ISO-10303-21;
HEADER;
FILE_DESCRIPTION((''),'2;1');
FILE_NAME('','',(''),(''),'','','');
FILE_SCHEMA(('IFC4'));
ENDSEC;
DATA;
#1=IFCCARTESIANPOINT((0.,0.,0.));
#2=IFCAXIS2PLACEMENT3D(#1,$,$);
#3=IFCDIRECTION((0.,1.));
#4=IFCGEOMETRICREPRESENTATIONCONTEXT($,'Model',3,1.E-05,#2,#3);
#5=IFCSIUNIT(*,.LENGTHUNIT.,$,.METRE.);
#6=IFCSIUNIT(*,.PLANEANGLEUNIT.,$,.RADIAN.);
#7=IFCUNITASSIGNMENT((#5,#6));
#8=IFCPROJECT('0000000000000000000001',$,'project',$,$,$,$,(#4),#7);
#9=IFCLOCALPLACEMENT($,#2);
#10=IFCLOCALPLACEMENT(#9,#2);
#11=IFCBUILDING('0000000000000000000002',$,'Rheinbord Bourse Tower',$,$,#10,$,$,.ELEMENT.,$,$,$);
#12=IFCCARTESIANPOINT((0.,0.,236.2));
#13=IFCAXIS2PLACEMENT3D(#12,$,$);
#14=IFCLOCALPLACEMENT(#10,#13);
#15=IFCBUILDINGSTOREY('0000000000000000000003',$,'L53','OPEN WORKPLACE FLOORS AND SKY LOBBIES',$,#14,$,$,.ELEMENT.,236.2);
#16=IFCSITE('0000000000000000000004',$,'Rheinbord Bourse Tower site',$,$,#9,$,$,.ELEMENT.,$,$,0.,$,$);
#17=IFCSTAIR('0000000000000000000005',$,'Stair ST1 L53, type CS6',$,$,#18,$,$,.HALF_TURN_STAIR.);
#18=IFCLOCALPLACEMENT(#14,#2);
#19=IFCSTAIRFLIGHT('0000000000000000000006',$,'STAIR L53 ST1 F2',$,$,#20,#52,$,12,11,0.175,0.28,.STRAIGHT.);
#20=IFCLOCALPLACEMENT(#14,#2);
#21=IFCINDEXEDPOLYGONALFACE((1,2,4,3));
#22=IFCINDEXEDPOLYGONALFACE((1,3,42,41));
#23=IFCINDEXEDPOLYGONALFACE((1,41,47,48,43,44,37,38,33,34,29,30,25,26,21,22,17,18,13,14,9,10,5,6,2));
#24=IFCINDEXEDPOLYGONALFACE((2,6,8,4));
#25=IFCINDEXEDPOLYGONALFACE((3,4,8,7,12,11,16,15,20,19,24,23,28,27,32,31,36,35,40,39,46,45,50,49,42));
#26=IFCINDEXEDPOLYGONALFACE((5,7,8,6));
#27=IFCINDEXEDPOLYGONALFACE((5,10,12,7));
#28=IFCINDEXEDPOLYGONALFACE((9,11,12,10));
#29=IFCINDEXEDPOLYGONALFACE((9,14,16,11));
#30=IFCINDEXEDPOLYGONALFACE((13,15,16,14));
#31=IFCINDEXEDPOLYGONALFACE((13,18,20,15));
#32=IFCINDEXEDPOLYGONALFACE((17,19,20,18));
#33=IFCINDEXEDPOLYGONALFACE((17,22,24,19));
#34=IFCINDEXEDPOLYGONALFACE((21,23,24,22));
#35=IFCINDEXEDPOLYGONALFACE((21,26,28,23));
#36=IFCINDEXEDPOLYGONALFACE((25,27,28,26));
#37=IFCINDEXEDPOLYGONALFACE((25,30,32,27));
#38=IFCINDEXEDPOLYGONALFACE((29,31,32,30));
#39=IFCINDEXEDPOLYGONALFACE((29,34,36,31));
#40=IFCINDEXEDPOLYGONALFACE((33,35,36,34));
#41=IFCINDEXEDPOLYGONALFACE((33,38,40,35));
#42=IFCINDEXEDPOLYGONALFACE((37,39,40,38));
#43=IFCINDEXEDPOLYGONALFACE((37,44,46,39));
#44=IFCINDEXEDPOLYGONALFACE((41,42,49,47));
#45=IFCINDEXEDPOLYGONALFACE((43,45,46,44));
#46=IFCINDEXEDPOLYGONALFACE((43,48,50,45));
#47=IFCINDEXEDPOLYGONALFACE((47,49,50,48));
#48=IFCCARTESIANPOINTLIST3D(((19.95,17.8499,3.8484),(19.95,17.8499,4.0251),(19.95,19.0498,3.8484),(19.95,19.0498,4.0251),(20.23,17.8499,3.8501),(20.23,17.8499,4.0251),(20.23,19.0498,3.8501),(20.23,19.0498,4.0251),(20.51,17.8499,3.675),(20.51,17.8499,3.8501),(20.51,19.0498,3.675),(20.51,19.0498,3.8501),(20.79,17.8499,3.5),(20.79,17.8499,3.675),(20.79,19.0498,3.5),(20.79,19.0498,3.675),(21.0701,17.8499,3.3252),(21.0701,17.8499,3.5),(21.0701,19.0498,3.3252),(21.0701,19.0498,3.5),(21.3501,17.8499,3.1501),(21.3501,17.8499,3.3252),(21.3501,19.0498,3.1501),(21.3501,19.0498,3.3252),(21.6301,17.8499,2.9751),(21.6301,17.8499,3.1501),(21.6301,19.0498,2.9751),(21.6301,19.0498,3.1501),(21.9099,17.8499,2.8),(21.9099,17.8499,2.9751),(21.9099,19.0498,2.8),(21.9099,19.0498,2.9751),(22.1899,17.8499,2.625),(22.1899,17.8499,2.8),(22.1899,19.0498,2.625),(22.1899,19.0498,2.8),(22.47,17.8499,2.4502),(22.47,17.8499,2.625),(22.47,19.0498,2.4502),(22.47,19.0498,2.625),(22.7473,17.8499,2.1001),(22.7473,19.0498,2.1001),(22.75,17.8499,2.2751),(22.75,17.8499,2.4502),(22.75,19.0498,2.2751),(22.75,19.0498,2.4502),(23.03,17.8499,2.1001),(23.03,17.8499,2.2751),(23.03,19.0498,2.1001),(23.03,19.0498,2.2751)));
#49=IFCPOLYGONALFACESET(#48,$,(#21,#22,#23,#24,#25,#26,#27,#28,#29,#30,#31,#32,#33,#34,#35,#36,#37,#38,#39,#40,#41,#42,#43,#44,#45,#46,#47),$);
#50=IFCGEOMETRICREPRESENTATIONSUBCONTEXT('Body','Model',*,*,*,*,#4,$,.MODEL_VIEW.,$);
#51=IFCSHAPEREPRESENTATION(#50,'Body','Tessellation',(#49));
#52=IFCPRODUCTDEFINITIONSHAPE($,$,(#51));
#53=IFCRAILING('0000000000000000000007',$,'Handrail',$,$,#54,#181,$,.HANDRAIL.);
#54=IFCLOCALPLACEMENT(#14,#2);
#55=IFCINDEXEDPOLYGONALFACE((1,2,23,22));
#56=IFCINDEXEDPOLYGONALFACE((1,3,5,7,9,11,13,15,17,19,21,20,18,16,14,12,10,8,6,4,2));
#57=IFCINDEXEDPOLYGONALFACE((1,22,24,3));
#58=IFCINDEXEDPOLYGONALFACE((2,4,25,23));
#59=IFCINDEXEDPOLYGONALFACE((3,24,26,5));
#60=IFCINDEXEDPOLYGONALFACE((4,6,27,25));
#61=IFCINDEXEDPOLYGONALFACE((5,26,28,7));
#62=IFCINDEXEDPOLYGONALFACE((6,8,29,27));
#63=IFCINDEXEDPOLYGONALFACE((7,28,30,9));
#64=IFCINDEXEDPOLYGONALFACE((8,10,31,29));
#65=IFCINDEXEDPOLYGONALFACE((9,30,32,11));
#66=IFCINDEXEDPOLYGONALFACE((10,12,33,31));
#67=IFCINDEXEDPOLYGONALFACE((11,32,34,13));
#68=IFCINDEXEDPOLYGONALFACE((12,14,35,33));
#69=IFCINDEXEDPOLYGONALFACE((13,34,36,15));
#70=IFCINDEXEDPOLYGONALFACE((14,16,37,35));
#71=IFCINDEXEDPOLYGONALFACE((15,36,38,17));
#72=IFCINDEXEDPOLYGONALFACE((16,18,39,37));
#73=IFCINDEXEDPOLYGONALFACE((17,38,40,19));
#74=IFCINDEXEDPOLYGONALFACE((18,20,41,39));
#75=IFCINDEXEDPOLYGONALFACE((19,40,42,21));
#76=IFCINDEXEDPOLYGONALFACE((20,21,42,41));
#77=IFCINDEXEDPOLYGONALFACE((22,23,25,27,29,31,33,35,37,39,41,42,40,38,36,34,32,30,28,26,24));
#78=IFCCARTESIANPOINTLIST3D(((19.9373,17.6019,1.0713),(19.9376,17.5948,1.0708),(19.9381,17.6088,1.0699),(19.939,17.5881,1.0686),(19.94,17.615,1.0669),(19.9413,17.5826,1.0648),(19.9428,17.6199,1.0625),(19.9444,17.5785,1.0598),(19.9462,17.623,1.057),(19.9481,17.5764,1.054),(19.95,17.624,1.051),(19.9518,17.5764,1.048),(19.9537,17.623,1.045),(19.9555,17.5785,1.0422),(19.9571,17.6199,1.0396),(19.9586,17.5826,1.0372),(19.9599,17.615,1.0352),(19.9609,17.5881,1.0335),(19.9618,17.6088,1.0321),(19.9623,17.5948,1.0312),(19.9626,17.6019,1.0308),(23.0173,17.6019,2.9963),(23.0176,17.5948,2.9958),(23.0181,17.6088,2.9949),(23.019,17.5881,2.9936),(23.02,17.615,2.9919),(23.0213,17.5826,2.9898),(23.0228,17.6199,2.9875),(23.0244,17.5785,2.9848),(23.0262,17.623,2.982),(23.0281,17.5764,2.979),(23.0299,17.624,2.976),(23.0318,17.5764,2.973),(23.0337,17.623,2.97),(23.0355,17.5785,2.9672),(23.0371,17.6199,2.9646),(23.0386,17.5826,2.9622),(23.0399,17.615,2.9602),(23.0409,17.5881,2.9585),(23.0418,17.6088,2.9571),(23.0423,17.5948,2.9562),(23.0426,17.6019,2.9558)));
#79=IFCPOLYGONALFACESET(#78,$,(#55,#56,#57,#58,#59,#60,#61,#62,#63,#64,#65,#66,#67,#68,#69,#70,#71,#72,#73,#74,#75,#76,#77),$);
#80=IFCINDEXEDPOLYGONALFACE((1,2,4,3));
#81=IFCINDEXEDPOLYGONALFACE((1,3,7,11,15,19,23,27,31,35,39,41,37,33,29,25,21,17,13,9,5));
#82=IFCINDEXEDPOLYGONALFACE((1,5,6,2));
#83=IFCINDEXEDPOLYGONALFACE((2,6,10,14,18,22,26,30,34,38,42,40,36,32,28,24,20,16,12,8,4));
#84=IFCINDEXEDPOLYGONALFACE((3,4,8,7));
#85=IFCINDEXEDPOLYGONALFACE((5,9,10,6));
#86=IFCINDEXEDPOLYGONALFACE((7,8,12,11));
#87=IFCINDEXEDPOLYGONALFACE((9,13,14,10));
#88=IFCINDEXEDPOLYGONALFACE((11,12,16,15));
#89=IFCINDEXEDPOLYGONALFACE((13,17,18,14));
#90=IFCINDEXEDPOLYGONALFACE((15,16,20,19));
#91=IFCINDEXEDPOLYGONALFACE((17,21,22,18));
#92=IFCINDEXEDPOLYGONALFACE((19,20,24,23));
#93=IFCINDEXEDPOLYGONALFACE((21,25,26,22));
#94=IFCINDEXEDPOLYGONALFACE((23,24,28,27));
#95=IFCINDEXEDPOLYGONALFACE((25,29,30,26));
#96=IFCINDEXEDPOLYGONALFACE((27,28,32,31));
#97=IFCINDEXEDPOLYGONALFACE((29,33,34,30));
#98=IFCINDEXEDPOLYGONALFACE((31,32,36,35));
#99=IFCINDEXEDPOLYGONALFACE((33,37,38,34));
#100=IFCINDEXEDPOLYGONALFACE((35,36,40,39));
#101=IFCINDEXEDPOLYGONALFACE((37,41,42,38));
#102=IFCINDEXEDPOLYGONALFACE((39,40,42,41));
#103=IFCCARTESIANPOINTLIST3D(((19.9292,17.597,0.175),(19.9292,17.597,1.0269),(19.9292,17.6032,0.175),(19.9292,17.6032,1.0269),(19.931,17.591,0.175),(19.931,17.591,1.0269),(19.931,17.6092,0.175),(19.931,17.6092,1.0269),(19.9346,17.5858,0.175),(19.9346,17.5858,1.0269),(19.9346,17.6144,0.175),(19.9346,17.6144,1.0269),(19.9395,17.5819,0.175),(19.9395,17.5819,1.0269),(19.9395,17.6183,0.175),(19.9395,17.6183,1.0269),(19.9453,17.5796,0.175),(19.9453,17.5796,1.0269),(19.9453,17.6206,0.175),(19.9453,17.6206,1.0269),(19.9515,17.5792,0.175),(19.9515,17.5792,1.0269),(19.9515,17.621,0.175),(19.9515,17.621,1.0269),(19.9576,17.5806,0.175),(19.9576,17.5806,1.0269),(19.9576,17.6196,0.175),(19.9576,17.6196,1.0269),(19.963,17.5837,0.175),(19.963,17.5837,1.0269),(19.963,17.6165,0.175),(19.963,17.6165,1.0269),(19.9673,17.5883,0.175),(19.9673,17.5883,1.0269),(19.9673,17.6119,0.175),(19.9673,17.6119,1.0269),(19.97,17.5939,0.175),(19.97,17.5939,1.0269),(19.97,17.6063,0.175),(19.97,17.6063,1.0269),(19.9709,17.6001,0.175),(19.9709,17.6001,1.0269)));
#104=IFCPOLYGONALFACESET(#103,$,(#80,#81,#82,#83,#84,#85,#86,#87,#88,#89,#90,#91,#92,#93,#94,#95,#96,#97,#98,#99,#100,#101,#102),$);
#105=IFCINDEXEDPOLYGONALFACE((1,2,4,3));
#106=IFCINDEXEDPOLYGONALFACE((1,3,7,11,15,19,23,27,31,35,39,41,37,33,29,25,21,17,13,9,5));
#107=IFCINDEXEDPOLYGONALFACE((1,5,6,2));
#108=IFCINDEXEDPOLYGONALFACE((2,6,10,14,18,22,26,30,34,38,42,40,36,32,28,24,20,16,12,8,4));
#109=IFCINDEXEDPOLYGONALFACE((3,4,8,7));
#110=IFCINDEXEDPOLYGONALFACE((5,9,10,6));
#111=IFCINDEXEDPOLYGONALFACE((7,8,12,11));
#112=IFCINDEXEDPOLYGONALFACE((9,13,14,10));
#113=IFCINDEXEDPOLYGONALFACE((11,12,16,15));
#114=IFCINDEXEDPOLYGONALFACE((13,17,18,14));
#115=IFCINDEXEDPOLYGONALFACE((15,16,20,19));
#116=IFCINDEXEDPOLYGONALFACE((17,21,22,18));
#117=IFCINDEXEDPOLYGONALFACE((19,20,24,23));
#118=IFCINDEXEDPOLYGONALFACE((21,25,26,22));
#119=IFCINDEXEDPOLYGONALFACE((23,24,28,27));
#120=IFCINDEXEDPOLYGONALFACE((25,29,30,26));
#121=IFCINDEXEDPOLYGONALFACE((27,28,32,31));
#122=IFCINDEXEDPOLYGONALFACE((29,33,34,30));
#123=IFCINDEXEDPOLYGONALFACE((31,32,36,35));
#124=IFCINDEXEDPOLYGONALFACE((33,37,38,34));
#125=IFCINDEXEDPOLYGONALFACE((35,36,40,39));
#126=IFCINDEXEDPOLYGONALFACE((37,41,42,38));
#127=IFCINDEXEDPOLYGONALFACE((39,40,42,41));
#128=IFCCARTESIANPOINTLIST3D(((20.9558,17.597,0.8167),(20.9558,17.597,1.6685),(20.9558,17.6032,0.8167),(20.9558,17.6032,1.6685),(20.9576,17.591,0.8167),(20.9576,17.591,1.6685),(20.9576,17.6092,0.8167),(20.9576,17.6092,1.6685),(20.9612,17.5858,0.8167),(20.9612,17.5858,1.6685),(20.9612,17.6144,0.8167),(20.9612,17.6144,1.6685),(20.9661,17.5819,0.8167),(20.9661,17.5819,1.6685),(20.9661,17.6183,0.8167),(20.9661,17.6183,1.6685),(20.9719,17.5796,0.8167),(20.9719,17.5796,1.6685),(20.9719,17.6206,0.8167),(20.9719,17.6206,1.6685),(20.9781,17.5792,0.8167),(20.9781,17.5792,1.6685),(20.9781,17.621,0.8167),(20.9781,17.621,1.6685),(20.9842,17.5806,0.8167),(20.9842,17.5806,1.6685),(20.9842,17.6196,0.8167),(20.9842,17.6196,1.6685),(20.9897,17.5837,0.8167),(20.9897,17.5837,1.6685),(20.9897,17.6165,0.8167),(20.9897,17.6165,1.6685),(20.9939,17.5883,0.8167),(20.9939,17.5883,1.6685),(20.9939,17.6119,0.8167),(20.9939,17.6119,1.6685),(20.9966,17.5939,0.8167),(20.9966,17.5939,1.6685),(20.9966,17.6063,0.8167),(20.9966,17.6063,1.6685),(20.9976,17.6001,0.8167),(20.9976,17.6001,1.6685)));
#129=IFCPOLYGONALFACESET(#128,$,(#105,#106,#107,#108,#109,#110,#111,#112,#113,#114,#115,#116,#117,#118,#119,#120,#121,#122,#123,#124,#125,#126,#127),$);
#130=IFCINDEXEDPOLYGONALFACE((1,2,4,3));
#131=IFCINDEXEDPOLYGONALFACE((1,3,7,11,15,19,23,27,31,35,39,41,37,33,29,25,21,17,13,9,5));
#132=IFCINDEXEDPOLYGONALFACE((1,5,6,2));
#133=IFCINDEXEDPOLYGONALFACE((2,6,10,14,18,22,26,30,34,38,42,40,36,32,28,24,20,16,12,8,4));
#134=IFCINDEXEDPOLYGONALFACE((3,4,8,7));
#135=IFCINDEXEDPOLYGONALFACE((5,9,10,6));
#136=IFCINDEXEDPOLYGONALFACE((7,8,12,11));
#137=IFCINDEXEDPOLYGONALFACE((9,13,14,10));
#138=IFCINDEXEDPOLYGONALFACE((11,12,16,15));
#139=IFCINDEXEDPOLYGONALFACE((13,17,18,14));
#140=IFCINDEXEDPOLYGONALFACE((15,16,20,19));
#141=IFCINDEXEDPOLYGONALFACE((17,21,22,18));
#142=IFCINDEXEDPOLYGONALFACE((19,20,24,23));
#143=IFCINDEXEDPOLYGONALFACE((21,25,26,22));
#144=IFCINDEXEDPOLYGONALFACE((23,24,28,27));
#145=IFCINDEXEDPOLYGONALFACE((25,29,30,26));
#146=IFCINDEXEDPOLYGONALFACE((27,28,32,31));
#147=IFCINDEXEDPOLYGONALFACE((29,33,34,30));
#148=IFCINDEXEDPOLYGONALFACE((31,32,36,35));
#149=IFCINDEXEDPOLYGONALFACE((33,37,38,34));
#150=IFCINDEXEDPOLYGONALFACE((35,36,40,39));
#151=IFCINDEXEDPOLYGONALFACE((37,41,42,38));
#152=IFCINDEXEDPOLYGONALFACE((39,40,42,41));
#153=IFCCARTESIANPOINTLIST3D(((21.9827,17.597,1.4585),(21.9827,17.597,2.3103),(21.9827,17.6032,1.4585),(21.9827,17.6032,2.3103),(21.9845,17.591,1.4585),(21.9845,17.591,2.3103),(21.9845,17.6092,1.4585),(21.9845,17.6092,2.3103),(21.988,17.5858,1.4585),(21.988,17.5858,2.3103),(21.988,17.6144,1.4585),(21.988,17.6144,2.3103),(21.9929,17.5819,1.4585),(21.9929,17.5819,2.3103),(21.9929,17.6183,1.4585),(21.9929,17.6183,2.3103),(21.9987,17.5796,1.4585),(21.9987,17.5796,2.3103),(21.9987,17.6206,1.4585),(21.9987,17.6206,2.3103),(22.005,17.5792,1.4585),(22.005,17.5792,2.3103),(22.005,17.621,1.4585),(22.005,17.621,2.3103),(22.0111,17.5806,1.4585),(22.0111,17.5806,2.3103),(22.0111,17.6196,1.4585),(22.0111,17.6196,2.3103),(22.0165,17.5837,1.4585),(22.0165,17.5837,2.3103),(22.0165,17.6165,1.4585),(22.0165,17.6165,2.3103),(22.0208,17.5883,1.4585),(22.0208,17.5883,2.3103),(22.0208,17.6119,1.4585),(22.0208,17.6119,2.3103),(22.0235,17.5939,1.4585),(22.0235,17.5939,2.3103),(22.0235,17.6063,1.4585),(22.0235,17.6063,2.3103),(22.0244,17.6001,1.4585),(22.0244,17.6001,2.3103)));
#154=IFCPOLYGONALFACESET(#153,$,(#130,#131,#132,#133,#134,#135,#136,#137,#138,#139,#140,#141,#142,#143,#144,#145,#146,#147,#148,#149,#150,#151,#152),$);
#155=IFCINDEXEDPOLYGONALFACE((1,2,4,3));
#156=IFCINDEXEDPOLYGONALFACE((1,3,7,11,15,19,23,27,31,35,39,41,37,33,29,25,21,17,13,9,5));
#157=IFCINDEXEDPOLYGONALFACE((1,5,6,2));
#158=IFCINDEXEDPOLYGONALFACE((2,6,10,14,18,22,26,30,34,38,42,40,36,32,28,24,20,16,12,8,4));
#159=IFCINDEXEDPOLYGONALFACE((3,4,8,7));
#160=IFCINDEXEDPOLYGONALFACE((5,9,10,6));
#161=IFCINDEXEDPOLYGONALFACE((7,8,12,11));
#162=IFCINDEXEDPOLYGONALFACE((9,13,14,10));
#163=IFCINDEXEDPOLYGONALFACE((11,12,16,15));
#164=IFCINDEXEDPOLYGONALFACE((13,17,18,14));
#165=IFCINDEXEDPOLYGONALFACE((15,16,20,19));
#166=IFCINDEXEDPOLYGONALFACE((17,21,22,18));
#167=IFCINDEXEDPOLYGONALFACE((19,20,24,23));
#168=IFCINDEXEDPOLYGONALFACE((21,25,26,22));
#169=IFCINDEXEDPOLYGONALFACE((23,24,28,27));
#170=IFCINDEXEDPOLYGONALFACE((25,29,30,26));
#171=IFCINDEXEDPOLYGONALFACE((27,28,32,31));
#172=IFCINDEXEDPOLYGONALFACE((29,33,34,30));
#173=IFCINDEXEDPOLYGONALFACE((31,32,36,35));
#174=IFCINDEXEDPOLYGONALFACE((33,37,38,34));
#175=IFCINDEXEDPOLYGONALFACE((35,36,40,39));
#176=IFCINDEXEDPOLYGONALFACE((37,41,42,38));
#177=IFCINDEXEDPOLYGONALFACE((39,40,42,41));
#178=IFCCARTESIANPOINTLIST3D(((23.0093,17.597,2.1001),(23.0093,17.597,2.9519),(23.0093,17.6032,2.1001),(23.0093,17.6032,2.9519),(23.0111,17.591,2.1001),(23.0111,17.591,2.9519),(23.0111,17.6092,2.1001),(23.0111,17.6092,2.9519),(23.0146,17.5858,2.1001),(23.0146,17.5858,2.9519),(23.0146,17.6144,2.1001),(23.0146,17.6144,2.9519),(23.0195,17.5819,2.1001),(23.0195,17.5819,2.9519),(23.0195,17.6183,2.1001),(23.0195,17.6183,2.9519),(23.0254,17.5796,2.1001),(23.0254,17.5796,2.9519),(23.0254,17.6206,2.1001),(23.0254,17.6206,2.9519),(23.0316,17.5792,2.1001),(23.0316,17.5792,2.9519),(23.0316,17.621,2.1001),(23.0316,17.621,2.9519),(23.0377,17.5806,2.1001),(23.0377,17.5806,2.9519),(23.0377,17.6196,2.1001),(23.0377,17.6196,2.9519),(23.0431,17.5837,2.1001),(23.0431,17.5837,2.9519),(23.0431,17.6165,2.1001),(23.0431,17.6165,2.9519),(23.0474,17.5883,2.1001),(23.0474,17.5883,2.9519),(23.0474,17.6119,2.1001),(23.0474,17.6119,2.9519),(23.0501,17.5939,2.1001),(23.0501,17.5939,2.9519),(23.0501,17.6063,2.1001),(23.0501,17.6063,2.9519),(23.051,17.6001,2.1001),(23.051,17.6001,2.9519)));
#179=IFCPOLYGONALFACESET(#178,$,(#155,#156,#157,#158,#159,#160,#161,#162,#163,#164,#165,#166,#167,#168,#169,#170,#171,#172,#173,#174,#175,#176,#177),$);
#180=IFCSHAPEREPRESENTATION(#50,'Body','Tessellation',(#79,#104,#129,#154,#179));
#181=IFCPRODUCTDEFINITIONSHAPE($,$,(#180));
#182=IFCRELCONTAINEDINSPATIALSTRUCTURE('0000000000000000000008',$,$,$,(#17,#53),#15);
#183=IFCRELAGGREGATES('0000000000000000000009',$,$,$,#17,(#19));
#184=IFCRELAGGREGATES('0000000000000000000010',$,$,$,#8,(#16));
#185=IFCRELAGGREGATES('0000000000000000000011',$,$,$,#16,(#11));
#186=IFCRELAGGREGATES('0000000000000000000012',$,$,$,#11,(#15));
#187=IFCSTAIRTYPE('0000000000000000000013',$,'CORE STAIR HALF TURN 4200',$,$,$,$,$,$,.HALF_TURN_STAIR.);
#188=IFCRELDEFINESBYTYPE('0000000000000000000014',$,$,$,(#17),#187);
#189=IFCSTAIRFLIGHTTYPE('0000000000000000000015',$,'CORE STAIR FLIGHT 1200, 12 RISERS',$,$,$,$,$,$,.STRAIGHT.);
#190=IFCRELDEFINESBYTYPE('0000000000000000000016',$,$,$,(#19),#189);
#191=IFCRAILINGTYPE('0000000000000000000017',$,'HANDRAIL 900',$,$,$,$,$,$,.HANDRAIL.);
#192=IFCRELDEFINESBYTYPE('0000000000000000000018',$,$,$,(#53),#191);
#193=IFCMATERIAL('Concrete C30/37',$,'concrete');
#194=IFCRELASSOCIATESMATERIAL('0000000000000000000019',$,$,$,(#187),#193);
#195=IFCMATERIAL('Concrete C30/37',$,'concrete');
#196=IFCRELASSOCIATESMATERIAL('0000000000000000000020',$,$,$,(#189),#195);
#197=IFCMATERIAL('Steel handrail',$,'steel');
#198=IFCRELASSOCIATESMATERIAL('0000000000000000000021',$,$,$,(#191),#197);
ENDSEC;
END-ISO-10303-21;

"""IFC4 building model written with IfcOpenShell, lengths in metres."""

from ifc_helpers import new_model, si_unit, direction, frame, origin, origin_2d, place, context, subcontext, project, spatial, polyline, circle, outline, extrude, material, type_object, element, aggregate, save


model = new_model("IFC4")

# Units and contexts
model_context = context("Model", 3, precision=1e-05, world=origin(), true_north=direction((0.0, 1.0)))
body_context = subcontext(model_context, "Body", "Model", "MODEL_VIEW")
ifc_project = project(units=[si_unit("LENGTHUNIT", "METRE"), si_unit("PLANEANGLEUNIT", "RADIAN")], contexts=[model_context])

# Site, building, storey
site_placement = place(None, origin())
site = spatial("IfcSite", under=ifc_project, at=site_placement, Name="Rheinbord Bourse Tower site", CompositionType="ELEMENT", RefElevation=0.0)
building_placement = place(site_placement, origin())
building = spatial("IfcBuilding", under=site, at=building_placement, Name="Rheinbord Bourse Tower", CompositionType="ELEMENT")
storey_placement = place(building_placement, frame((0.0, 0.0, 236.2)))
storey = spatial("IfcBuildingStorey", under=building, at=storey_placement, Name="L53", Description="OPEN WORKPLACE FLOORS AND SKY LOBBIES", CompositionType="ELEMENT", Elevation=236.2)

# Stair, stair flight
ifc_material_1 = material(Name="Concrete C30/37", Category="concrete")
stair_type = type_object("IfcStairType", Name="CORE STAIR HALF TURN 4200", PredefinedType="HALF_TURN_STAIR", material=ifc_material_1)
stair_placement = place(storey_placement, origin())
stair = element("IfcStair", 1, at=stair_placement, inside=storey, type_object=stair_type, Name="Stair ST1 L53, type CS6", PredefinedType="HALF_TURN_STAIR")
ifc_material_2 = material(Name="Concrete C30/37", Category="concrete")
stair_flight_type = type_object("IfcStairFlightType", Name="CORE STAIR FLIGHT 1200, 12 RISERS", PredefinedType="STRAIGHT", material=ifc_material_2)
stair_flight_1_placement = place(storey_placement, frame((23.03, 18.45, 2.1001), z_axis=(0.0, 0.0, 1.0), x_axis=(-1.0, 0.0, 0.0)))
stair_flight_1 = element("IfcStairFlight", 2, at=stair_flight_1_placement, type_object=stair_flight_type, Name="STAIR L53 ST1 F2", NumberOfRisers=12, NumberOfTreads=11, PredefinedType="STRAIGHT", RiserHeight=0.175, TreadLength=0.28, context=body_context, shape_type="SweptSolid", body=[
    extrude(outline(polyline([(0.0, 0.0), (0.0, 0.175), (0.28, 0.175), (0.28, 0.3501), (0.5601, 0.3501), (0.5601, 0.5249), (0.8401, 0.5249), (0.8401, 0.7), (1.1201, 0.7), (1.1201, 0.875), (1.3999, 0.875), (1.3999, 1.05), (1.6799, 1.05), (1.6799, 1.2251), (1.96, 1.2251), (1.96, 1.3999), (2.24, 1.3999), (2.24, 1.575), (2.52, 1.575), (2.52, 1.75), (2.8, 1.75), (2.8, 1.925), (3.0801, 1.925), (3.0801, 2.1001), (3.0801, 1.7483), (0.2827, 0.0), (0.0, 0.0)])), frame((0.0, 0.6001, 0.0), z_axis=(0.0, -1.0, 0.0), x_axis=(1.0, 0.0, 0.0)), (0.0, 0.0, 1.0), 1.2),
])
aggregate(stair, [stair_flight_1])

# Railing
ifc_material_3 = material(Name="Steel handrail", Category="steel")
railing_type = type_object("IfcRailingType", Name="HANDRAIL 900", PredefinedType="HANDRAIL", material=ifc_material_3)
railing_1_placement = place(storey_placement, frame((19.95, 17.6001, 0.175)))
element("IfcRailing", 3, at=railing_1_placement, inside=storey, type_object=railing_type, Name="Handrail", PredefinedType="HANDRAIL", context=body_context, shape_type="SweptSolid", body=[
    extrude(circle(Radius=0.0239, at=origin_2d()), frame((0.0, 0.0, 0.876), z_axis=(0.847998, 0.0, 0.529999), x_axis=(0.0, 1.0, 0.0)), (0.0, 0.0, 1.0), 3.6321),
    extrude(circle(Radius=0.021, at=origin_2d()), origin(), (0.0, 0.0, 1.0), 0.8518),
    extrude(circle(Radius=0.021, at=origin_2d()), frame((1.0266, 0.0, 0.6416)), (0.0, 0.0, 1.0), 0.8518),
    extrude(circle(Radius=0.021, at=origin_2d()), frame((2.0535, 0.0, 1.2834)), (0.0, 0.0, 1.0), 0.8518),
    extrude(circle(Radius=0.021, at=origin_2d()), frame((3.0801, 0.0, 1.925)), (0.0, 0.0, 1.0), 0.8518),
])

save(model, "model.ifc")
